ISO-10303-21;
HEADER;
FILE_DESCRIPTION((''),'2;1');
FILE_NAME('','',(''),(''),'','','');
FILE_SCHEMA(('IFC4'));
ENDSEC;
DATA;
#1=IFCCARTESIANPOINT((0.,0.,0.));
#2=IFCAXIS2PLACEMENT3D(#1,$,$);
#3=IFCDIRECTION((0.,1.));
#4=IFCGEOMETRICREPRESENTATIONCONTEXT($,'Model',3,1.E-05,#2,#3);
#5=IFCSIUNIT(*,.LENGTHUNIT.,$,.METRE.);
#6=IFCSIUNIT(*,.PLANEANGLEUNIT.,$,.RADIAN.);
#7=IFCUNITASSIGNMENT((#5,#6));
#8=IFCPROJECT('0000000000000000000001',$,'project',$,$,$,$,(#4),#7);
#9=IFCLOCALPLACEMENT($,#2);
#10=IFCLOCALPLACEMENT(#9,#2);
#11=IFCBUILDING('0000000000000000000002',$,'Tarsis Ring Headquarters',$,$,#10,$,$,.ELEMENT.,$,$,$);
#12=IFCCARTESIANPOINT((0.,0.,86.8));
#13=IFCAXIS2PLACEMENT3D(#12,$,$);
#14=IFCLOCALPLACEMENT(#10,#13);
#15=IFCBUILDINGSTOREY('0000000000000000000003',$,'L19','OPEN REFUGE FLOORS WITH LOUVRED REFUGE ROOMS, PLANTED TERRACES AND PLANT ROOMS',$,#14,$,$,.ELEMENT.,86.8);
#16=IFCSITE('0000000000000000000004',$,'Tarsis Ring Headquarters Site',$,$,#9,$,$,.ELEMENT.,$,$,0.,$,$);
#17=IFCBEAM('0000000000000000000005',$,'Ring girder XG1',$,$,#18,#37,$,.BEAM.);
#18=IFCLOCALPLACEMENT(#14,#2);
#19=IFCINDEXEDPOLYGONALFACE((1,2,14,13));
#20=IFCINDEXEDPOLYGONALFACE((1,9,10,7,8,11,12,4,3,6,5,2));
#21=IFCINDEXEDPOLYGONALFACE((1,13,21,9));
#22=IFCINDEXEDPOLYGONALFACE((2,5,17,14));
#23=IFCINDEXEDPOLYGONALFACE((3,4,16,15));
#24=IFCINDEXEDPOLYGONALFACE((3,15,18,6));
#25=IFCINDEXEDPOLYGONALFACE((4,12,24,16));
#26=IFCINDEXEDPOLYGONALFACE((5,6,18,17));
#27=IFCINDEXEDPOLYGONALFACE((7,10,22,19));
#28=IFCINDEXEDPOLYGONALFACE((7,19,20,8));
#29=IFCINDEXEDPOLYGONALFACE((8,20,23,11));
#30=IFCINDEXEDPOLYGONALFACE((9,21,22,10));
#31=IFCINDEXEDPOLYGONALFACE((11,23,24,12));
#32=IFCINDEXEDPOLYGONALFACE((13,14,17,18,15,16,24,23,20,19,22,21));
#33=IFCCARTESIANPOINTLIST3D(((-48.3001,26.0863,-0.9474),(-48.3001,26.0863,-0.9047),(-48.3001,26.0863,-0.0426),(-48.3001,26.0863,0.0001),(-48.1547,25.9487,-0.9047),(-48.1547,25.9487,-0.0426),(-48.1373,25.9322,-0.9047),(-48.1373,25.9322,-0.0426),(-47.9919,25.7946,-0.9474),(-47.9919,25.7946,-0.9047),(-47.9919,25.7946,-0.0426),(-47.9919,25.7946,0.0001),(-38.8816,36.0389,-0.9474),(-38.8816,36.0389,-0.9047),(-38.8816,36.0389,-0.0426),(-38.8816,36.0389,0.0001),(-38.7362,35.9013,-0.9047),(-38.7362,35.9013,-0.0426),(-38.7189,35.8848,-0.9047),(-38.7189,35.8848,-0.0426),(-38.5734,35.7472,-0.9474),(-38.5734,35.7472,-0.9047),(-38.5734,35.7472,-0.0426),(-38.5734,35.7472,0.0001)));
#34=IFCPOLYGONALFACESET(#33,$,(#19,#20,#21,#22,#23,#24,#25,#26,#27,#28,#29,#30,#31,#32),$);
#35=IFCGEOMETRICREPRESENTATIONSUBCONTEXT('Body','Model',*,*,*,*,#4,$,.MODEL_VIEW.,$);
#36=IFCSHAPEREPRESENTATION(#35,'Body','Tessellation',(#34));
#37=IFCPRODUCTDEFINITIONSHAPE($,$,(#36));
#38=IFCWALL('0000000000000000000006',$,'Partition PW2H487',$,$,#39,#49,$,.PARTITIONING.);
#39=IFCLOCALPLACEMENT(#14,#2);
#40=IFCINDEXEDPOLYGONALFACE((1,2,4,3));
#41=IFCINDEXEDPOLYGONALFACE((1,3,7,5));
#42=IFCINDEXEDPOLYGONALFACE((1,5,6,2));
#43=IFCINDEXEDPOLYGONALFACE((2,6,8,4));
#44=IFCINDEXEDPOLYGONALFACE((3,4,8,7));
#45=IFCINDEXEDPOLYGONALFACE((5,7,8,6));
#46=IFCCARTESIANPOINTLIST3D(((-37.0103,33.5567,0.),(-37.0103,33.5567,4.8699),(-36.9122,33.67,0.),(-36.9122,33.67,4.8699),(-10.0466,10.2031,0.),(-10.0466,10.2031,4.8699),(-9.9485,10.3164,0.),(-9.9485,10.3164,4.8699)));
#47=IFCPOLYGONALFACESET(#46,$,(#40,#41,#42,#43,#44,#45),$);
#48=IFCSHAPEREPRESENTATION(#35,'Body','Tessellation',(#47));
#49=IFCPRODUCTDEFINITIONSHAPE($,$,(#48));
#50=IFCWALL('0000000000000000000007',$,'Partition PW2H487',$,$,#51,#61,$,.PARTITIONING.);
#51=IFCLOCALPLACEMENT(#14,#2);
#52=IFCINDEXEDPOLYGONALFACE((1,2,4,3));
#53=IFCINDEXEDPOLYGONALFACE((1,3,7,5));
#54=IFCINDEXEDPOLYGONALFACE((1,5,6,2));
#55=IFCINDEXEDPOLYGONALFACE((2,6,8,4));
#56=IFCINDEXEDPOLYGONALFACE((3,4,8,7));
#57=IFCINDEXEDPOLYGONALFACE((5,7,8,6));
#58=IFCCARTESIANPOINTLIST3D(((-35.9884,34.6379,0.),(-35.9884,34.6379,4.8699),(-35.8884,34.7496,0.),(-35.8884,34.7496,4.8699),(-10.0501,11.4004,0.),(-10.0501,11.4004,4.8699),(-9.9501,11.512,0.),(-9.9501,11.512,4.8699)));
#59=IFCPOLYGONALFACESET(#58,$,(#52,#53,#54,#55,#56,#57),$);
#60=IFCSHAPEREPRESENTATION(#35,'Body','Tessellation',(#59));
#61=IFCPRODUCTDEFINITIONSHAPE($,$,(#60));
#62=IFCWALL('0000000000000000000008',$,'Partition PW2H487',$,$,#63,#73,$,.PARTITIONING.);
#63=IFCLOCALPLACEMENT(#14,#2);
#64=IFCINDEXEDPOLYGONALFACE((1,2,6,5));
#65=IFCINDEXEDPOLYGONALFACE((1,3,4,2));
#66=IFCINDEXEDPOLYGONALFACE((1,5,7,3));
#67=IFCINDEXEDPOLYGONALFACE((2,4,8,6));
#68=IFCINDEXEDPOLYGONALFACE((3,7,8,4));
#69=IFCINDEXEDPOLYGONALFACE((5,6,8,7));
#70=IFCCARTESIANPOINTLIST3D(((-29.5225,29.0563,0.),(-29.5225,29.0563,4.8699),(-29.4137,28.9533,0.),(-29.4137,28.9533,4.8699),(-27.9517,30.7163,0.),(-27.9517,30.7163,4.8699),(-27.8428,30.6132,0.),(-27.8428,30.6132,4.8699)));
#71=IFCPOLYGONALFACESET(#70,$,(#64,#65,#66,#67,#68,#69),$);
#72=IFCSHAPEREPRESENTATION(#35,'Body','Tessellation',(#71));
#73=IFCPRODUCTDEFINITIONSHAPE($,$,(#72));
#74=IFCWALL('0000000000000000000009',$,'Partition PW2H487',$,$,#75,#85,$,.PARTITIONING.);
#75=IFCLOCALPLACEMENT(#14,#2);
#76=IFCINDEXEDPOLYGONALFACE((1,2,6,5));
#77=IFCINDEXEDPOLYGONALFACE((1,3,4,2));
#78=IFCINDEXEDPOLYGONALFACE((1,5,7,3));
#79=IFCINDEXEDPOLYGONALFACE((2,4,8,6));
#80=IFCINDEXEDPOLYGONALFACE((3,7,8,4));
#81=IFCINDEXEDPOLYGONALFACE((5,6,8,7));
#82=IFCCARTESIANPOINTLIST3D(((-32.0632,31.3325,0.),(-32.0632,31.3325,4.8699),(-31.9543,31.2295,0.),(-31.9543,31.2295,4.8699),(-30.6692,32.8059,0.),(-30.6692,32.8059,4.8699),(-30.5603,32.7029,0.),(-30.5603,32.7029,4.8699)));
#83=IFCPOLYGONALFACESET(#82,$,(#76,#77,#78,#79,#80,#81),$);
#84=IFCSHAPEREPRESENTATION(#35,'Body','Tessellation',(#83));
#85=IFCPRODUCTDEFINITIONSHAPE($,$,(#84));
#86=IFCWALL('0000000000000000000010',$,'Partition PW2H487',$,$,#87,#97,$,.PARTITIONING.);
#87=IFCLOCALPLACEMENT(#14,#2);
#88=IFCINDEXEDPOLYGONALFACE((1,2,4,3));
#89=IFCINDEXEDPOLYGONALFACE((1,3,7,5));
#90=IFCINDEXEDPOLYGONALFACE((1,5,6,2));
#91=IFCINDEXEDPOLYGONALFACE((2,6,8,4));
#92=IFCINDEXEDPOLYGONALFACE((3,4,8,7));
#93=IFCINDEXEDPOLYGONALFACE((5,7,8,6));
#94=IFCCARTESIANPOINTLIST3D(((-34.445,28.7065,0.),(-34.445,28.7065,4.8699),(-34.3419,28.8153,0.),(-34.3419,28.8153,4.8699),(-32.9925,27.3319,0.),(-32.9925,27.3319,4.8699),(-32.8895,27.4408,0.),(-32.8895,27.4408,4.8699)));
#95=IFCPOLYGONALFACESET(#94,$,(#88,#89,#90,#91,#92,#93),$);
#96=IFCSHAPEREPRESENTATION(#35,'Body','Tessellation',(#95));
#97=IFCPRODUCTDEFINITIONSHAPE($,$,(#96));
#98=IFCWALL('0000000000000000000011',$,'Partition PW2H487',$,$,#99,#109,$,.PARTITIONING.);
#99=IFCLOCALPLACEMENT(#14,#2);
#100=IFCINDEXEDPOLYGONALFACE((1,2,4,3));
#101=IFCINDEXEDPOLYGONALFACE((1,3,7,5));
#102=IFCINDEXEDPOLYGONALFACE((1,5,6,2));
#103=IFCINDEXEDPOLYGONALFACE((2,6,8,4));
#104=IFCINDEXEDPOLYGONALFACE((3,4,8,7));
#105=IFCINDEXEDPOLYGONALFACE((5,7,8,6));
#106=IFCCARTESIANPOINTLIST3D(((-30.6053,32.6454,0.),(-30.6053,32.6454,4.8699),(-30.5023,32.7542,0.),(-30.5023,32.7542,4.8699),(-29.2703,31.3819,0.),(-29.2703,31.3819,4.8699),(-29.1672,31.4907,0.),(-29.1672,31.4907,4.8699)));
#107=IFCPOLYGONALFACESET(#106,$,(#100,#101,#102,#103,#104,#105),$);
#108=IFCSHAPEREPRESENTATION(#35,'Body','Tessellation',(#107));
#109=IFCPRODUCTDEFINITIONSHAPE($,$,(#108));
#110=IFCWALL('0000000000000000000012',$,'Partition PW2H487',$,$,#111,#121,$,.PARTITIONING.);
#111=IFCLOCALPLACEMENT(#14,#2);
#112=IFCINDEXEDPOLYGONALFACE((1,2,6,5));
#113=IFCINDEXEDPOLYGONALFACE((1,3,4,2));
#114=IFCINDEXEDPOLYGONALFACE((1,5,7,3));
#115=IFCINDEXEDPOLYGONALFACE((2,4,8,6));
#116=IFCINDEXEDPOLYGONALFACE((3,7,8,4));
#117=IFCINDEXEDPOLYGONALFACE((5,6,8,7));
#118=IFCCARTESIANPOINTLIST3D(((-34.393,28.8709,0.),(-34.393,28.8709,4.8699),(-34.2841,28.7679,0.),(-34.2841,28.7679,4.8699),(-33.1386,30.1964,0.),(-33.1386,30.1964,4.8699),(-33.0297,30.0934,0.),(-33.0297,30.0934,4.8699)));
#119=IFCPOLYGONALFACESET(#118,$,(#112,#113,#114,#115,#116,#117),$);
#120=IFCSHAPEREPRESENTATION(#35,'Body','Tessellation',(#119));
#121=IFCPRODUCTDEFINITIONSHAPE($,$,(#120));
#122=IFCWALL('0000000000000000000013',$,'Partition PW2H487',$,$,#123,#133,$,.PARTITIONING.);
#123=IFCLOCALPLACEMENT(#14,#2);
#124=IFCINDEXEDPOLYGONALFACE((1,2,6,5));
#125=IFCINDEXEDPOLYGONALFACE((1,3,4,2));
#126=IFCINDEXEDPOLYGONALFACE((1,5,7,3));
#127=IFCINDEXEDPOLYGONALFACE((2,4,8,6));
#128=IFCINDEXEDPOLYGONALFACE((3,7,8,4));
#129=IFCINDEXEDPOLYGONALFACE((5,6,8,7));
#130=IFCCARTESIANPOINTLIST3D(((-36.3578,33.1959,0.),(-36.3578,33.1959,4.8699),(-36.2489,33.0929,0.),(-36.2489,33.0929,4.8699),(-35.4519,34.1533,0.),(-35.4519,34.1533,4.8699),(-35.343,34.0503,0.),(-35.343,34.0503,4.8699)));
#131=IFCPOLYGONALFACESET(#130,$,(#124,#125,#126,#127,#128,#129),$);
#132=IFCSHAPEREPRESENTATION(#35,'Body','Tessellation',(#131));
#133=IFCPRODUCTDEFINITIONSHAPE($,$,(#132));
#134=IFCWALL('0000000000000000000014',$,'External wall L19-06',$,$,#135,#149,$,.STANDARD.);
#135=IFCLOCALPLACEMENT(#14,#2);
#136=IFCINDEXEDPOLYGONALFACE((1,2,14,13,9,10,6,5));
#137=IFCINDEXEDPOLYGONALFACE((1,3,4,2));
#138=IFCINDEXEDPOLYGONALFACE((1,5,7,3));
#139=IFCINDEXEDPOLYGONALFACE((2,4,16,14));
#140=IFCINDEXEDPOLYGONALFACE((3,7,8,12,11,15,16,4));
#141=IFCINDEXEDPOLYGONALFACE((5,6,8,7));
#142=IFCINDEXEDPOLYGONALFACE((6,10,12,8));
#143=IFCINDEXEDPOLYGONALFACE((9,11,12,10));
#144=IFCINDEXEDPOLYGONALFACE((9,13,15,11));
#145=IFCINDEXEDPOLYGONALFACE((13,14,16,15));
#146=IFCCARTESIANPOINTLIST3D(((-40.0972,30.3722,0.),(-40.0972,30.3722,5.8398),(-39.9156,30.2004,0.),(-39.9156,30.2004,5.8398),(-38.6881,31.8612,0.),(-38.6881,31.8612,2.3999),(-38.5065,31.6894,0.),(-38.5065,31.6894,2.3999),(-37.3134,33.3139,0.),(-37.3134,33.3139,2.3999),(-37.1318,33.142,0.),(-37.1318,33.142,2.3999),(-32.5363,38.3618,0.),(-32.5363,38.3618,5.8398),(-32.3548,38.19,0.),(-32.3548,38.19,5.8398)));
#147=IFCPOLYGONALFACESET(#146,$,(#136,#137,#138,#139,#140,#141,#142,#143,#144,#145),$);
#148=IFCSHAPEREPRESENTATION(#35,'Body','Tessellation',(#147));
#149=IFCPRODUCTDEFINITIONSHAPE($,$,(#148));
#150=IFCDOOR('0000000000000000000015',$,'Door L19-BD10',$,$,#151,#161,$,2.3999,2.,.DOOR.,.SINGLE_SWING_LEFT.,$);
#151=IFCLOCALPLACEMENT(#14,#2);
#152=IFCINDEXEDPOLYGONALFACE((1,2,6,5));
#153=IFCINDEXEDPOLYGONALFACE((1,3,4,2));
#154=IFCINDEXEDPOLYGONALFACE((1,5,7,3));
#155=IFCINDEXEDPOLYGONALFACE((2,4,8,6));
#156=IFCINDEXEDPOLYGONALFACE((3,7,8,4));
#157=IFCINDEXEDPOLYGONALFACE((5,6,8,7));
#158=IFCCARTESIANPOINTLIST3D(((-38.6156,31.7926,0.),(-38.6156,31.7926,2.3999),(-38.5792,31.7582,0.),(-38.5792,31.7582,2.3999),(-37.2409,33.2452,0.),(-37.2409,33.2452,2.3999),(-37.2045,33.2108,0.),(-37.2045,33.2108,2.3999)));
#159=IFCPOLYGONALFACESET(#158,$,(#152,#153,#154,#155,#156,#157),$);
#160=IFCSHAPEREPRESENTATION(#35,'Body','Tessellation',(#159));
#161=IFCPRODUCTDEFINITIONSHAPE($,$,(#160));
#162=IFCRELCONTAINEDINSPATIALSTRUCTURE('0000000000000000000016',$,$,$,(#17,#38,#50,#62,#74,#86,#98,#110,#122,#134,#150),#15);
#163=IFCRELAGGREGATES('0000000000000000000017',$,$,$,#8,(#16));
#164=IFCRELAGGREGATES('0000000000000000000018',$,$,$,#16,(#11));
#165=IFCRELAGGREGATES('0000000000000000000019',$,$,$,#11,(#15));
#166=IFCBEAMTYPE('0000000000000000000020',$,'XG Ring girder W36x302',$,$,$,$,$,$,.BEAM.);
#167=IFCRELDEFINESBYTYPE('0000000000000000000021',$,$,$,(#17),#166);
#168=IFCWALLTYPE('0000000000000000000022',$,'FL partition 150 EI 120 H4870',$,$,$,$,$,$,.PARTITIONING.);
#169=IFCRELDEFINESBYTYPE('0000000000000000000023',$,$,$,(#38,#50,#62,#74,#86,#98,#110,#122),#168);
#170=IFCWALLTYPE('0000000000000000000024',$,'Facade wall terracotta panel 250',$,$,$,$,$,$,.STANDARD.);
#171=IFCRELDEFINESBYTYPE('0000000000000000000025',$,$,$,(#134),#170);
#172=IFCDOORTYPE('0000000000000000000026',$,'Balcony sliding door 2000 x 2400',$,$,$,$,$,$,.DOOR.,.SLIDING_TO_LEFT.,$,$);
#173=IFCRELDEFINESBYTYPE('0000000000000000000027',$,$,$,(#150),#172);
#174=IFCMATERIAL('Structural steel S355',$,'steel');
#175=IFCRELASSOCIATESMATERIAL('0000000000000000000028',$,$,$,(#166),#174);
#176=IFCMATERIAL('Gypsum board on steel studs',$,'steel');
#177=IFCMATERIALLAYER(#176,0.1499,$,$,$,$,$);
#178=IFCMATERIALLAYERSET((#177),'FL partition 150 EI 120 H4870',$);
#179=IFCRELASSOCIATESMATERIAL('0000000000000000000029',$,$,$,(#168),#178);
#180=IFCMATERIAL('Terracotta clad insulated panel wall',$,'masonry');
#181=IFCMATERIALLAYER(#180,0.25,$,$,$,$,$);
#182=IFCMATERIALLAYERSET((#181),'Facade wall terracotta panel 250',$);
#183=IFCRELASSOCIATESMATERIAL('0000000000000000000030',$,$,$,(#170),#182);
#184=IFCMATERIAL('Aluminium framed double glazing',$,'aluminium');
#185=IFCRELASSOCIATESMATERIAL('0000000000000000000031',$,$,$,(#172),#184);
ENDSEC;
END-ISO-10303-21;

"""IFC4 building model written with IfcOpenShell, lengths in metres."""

from ifc_helpers import new_model, si_unit, direction, frame, frame_2d, origin, origin_2d, place, context, subcontext, project, spatial, rectangle, i_section, extrude, material, layer, layer_set, material_profile, profile_set, type_object, element, fill, save


model = new_model("IFC4")

# Units and contexts
model_context = context("Model", 3, precision=1e-05, world=origin(), true_north=direction((0.0, 1.0)))
body_context = subcontext(model_context, "Body", "Model", "MODEL_VIEW")
ifc_project = project(units=[si_unit("LENGTHUNIT", "METRE"), si_unit("PLANEANGLEUNIT", "RADIAN")], contexts=[model_context])

# Site, building, storey
site_placement = place(None, origin())
site = spatial("IfcSite", under=ifc_project, at=site_placement, Name="Tarsis Ring Headquarters Site", CompositionType="ELEMENT", RefElevation=0.0)
building_placement = place(site_placement, origin())
building = spatial("IfcBuilding", under=site, at=building_placement, Name="Tarsis Ring Headquarters", CompositionType="ELEMENT")
storey_placement = place(building_placement, frame((0.0, 0.0, 86.8)))
storey = spatial("IfcBuildingStorey", under=building, at=storey_placement, Name="L19", Description="OPEN REFUGE FLOORS WITH LOUVRED REFUGE ROOMS, PLANTED TERRACES AND PLANT ROOMS", CompositionType="ELEMENT", Elevation=86.8)

# Shared definitions
ifc_material_1 = material(Name="Structural steel S355", Category="steel")

# Beam
ifc_material_profile_1 = material_profile(ifc_material_1, i_section(OverallWidth=0.4243, OverallDepth=0.9475, WebThickness=0.0239, FlangeThickness=0.0427, at=origin_2d()), Name="W36x302")
ifc_profile_set_1 = profile_set([ifc_material_profile_1], Name="Structural steel S355")
beam_type = type_object("IfcBeamType", Name="XG Ring girder W36x302", PredefinedType="BEAM", material=ifc_profile_set_1)
beam_placement = place(storey_placement, frame((-38.7275, 35.8931, -0.4736), z_axis=(-0.687346, -0.72633, 0.0), x_axis=(0.72633, -0.687346, 0.0)))
element("IfcBeam", 1, at=beam_placement, inside=storey, type_object=beam_type, Name="Ring girder XG1", PredefinedType="BEAM", context=body_context, shape_type="SweptSolid", body=[
    extrude(i_section(OverallWidth=0.4243, OverallDepth=0.9475, WebThickness=0.0239, FlangeThickness=0.0427, at=origin_2d()), origin(), (0.0, 0.0, 1.0), 13.7026),
])

# Walls
ifc_material_2 = material(Name="Gypsum board on steel studs", Category="steel")
ifc_layer_1 = layer(ifc_material_2, 0.1499)
ifc_layer_set_1 = layer_set([ifc_layer_1], Name="FL partition 150 EI 120 H4870")
wall_type_1 = type_object("IfcWallType", Name="FL partition 150 EI 120 H4870", PredefinedType="PARTITIONING", material=ifc_layer_set_1)
wall_1_placement = place(storey_placement, frame((-36.9612, 33.6133, 0.0), z_axis=(0.0, 0.0, 1.0), x_axis=(0.755897, -0.654691, 0.0)))
element("IfcWall", 2, at=wall_1_placement, inside=storey, type_object=wall_type_1, Name="Partition PW2H487", PredefinedType="PARTITIONING", context=body_context, shape_type="SweptSolid", body=[
    extrude(rectangle(XDim=35.6711, YDim=0.1499, at=frame_2d((17.8354, 0.0))), origin(), (0.0, 0.0, 1.0), 4.8699),
])
wall_2_placement = place(storey_placement, frame((-35.9385, 34.6938, 0.0), z_axis=(0.0, 0.0, 1.0), x_axis=(0.744818, -0.667268, 0.0)))
element("IfcWall", 3, at=wall_2_placement, inside=storey, type_object=wall_type_1, Name="Partition PW2H487", PredefinedType="PARTITIONING", context=body_context, shape_type="SweptSolid", body=[
    extrude(rectangle(XDim=34.825, YDim=0.1499, at=frame_2d((17.4126, 0.0))), origin(), (0.0, 0.0, 1.0), 4.8699),
])
wall_3_placement = place(storey_placement, frame((-29.468, 29.0049, 0.0), z_axis=(0.0, 0.0, 1.0), x_axis=(0.687342, 0.726334, 0.0)))
element("IfcWall", 4, at=wall_3_placement, inside=storey, type_object=wall_type_1, Name="Partition PW2H487", PredefinedType="PARTITIONING", context=body_context, shape_type="SweptSolid", body=[
    extrude(rectangle(XDim=2.2854, YDim=0.1499, at=frame_2d((1.1426, 0.0))), origin(), (0.0, 0.0, 1.0), 4.8699),
])
wall_4_placement = place(storey_placement, frame((-32.0088, 31.281, 0.0), z_axis=(0.0, 0.0, 1.0), x_axis=(0.687277, 0.726395, 0.0)))
element("IfcWall", 5, at=wall_4_placement, inside=storey, type_object=wall_type_1, Name="Partition PW2H487", PredefinedType="PARTITIONING", context=body_context, shape_type="SweptSolid", body=[
    extrude(rectangle(XDim=2.0283, YDim=0.1499, at=frame_2d((1.0142, 0.0))), origin(), (0.0, 0.0, 1.0), 4.8699),
])
wall_5_placement = place(storey_placement, frame((-34.3936, 28.761, 0.0), z_axis=(0.0, 0.0, 1.0), x_axis=(0.726312, -0.687365, 0.0)))
element("IfcWall", 6, at=wall_5_placement, inside=storey, type_object=wall_type_1, Name="Partition PW2H487", PredefinedType="PARTITIONING", context=body_context, shape_type="SweptSolid", body=[
    extrude(rectangle(XDim=1.9998, YDim=0.1499, at=frame_2d((1.0, 0.0))), origin(), (0.0, 0.0, 1.0), 4.8699),
])
wall_6_placement = place(storey_placement, frame((-30.5537, 32.6997, 0.0), z_axis=(0.0, 0.0, 1.0), x_axis=(0.726298, -0.68738, 0.0)))
element("IfcWall", 7, at=wall_6_placement, inside=storey, type_object=wall_type_1, Name="Partition PW2H487", PredefinedType="PARTITIONING", context=body_context, shape_type="SweptSolid", body=[
    extrude(rectangle(XDim=1.8381, YDim=0.1499, at=frame_2d((0.9189, 0.0))), origin(), (0.0, 0.0, 1.0), 4.8699),
])
wall_7_placement = place(storey_placement, frame((-34.3386, 28.8193, 0.0), z_axis=(0.0, 0.0, 1.0), x_axis=(0.687373, 0.726304, 0.0)))
element("IfcWall", 8, at=wall_7_placement, inside=storey, type_object=wall_type_1, Name="Partition PW2H487", PredefinedType="PARTITIONING", context=body_context, shape_type="SweptSolid", body=[
    extrude(rectangle(XDim=1.825, YDim=0.1499, at=frame_2d((0.9126, 0.0))), origin(), (0.0, 0.0, 1.0), 4.8699),
])
wall_8_placement = place(storey_placement, frame((-36.3035, 33.1443, 0.0), z_axis=(0.0, 0.0, 1.0), x_axis=(0.687298, 0.726376, 0.0)))
element("IfcWall", 9, at=wall_8_placement, inside=storey, type_object=wall_type_1, Name="Partition PW2H487", PredefinedType="PARTITIONING", context=body_context, shape_type="SweptSolid", body=[
    extrude(rectangle(XDim=1.3181, YDim=0.1499, at=frame_2d((0.6592, 0.0))), origin(), (0.0, 0.0, 1.0), 4.8699),
])

# Wall, opening, door
ifc_material_3 = material(Name="Terracotta clad insulated panel wall", Category="masonry")
ifc_layer_2 = layer(ifc_material_3, 0.25)
ifc_layer_set_2 = layer_set([ifc_layer_2], Name="Facade wall terracotta panel 250")
wall_type_2 = type_object("IfcWallType", Name="Facade wall terracotta panel 250", PredefinedType="STANDARD", material=ifc_layer_set_2)
wall_9_placement = place(storey_placement, frame((-32.4456, 38.2759, 0.0), z_axis=(0.0, 0.0, 1.0), x_axis=(-0.687351, -0.726325, 0.0)))
wall_9 = element("IfcWall", 10, at=wall_9_placement, inside=storey, type_object=wall_type_2, Name="External wall L19-06", PredefinedType="STANDARD", context=body_context, shape_type="SweptSolid", body=[
    extrude(rectangle(XDim=11.0, YDim=0.25, at=frame_2d((5.5, 0.0))), origin(), (0.0, 0.0, 1.0), 5.8398),
])
opening_placement = place(wall_9_placement, frame((6.95, 0.0, 0.0)))
opening = element("IfcOpeningElement", 11, at=opening_placement, cuts=wall_9, PredefinedType="OPENING", context=body_context, shape_type="SweptSolid", body=[
    extrude(rectangle(XDim=2.0, YDim=2.3999, at=frame_2d((1.0, 1.2))), frame((0.0, 0.135, 0.0), z_axis=(0.0, -1.0, 0.0), x_axis=(1.0, 0.0, 0.0)), (0.0, 0.0, 1.0), 0.27),
])
ifc_material_4 = material(Name="Aluminium framed double glazing", Category="aluminium")
door_type = type_object("IfcDoorType", Name="Balcony sliding door 2000 x 2400", OperationType="SLIDING_TO_LEFT", PredefinedType="DOOR", material=ifc_material_4)
door_placement = place(opening_placement, origin())
door = element("IfcDoor", 12, at=door_placement, inside=storey, type_object=door_type, Name="Door L19-BD10", OperationType="SINGLE_SWING_LEFT", OverallHeight=2.3999, OverallWidth=2.0, PredefinedType="DOOR", context=body_context, shape_type="SweptSolid", body=[
    extrude(rectangle(XDim=2.0, YDim=2.3999, at=frame_2d((1.0, 1.2))), frame((0.0, 0.0249, 0.0), z_axis=(0.0, -1.0, 0.0), x_axis=(1.0, 0.0, 0.0)), (0.0, 0.0, 1.0), 0.05),
])
fill(opening, door)

save(model, "model.ifc")
